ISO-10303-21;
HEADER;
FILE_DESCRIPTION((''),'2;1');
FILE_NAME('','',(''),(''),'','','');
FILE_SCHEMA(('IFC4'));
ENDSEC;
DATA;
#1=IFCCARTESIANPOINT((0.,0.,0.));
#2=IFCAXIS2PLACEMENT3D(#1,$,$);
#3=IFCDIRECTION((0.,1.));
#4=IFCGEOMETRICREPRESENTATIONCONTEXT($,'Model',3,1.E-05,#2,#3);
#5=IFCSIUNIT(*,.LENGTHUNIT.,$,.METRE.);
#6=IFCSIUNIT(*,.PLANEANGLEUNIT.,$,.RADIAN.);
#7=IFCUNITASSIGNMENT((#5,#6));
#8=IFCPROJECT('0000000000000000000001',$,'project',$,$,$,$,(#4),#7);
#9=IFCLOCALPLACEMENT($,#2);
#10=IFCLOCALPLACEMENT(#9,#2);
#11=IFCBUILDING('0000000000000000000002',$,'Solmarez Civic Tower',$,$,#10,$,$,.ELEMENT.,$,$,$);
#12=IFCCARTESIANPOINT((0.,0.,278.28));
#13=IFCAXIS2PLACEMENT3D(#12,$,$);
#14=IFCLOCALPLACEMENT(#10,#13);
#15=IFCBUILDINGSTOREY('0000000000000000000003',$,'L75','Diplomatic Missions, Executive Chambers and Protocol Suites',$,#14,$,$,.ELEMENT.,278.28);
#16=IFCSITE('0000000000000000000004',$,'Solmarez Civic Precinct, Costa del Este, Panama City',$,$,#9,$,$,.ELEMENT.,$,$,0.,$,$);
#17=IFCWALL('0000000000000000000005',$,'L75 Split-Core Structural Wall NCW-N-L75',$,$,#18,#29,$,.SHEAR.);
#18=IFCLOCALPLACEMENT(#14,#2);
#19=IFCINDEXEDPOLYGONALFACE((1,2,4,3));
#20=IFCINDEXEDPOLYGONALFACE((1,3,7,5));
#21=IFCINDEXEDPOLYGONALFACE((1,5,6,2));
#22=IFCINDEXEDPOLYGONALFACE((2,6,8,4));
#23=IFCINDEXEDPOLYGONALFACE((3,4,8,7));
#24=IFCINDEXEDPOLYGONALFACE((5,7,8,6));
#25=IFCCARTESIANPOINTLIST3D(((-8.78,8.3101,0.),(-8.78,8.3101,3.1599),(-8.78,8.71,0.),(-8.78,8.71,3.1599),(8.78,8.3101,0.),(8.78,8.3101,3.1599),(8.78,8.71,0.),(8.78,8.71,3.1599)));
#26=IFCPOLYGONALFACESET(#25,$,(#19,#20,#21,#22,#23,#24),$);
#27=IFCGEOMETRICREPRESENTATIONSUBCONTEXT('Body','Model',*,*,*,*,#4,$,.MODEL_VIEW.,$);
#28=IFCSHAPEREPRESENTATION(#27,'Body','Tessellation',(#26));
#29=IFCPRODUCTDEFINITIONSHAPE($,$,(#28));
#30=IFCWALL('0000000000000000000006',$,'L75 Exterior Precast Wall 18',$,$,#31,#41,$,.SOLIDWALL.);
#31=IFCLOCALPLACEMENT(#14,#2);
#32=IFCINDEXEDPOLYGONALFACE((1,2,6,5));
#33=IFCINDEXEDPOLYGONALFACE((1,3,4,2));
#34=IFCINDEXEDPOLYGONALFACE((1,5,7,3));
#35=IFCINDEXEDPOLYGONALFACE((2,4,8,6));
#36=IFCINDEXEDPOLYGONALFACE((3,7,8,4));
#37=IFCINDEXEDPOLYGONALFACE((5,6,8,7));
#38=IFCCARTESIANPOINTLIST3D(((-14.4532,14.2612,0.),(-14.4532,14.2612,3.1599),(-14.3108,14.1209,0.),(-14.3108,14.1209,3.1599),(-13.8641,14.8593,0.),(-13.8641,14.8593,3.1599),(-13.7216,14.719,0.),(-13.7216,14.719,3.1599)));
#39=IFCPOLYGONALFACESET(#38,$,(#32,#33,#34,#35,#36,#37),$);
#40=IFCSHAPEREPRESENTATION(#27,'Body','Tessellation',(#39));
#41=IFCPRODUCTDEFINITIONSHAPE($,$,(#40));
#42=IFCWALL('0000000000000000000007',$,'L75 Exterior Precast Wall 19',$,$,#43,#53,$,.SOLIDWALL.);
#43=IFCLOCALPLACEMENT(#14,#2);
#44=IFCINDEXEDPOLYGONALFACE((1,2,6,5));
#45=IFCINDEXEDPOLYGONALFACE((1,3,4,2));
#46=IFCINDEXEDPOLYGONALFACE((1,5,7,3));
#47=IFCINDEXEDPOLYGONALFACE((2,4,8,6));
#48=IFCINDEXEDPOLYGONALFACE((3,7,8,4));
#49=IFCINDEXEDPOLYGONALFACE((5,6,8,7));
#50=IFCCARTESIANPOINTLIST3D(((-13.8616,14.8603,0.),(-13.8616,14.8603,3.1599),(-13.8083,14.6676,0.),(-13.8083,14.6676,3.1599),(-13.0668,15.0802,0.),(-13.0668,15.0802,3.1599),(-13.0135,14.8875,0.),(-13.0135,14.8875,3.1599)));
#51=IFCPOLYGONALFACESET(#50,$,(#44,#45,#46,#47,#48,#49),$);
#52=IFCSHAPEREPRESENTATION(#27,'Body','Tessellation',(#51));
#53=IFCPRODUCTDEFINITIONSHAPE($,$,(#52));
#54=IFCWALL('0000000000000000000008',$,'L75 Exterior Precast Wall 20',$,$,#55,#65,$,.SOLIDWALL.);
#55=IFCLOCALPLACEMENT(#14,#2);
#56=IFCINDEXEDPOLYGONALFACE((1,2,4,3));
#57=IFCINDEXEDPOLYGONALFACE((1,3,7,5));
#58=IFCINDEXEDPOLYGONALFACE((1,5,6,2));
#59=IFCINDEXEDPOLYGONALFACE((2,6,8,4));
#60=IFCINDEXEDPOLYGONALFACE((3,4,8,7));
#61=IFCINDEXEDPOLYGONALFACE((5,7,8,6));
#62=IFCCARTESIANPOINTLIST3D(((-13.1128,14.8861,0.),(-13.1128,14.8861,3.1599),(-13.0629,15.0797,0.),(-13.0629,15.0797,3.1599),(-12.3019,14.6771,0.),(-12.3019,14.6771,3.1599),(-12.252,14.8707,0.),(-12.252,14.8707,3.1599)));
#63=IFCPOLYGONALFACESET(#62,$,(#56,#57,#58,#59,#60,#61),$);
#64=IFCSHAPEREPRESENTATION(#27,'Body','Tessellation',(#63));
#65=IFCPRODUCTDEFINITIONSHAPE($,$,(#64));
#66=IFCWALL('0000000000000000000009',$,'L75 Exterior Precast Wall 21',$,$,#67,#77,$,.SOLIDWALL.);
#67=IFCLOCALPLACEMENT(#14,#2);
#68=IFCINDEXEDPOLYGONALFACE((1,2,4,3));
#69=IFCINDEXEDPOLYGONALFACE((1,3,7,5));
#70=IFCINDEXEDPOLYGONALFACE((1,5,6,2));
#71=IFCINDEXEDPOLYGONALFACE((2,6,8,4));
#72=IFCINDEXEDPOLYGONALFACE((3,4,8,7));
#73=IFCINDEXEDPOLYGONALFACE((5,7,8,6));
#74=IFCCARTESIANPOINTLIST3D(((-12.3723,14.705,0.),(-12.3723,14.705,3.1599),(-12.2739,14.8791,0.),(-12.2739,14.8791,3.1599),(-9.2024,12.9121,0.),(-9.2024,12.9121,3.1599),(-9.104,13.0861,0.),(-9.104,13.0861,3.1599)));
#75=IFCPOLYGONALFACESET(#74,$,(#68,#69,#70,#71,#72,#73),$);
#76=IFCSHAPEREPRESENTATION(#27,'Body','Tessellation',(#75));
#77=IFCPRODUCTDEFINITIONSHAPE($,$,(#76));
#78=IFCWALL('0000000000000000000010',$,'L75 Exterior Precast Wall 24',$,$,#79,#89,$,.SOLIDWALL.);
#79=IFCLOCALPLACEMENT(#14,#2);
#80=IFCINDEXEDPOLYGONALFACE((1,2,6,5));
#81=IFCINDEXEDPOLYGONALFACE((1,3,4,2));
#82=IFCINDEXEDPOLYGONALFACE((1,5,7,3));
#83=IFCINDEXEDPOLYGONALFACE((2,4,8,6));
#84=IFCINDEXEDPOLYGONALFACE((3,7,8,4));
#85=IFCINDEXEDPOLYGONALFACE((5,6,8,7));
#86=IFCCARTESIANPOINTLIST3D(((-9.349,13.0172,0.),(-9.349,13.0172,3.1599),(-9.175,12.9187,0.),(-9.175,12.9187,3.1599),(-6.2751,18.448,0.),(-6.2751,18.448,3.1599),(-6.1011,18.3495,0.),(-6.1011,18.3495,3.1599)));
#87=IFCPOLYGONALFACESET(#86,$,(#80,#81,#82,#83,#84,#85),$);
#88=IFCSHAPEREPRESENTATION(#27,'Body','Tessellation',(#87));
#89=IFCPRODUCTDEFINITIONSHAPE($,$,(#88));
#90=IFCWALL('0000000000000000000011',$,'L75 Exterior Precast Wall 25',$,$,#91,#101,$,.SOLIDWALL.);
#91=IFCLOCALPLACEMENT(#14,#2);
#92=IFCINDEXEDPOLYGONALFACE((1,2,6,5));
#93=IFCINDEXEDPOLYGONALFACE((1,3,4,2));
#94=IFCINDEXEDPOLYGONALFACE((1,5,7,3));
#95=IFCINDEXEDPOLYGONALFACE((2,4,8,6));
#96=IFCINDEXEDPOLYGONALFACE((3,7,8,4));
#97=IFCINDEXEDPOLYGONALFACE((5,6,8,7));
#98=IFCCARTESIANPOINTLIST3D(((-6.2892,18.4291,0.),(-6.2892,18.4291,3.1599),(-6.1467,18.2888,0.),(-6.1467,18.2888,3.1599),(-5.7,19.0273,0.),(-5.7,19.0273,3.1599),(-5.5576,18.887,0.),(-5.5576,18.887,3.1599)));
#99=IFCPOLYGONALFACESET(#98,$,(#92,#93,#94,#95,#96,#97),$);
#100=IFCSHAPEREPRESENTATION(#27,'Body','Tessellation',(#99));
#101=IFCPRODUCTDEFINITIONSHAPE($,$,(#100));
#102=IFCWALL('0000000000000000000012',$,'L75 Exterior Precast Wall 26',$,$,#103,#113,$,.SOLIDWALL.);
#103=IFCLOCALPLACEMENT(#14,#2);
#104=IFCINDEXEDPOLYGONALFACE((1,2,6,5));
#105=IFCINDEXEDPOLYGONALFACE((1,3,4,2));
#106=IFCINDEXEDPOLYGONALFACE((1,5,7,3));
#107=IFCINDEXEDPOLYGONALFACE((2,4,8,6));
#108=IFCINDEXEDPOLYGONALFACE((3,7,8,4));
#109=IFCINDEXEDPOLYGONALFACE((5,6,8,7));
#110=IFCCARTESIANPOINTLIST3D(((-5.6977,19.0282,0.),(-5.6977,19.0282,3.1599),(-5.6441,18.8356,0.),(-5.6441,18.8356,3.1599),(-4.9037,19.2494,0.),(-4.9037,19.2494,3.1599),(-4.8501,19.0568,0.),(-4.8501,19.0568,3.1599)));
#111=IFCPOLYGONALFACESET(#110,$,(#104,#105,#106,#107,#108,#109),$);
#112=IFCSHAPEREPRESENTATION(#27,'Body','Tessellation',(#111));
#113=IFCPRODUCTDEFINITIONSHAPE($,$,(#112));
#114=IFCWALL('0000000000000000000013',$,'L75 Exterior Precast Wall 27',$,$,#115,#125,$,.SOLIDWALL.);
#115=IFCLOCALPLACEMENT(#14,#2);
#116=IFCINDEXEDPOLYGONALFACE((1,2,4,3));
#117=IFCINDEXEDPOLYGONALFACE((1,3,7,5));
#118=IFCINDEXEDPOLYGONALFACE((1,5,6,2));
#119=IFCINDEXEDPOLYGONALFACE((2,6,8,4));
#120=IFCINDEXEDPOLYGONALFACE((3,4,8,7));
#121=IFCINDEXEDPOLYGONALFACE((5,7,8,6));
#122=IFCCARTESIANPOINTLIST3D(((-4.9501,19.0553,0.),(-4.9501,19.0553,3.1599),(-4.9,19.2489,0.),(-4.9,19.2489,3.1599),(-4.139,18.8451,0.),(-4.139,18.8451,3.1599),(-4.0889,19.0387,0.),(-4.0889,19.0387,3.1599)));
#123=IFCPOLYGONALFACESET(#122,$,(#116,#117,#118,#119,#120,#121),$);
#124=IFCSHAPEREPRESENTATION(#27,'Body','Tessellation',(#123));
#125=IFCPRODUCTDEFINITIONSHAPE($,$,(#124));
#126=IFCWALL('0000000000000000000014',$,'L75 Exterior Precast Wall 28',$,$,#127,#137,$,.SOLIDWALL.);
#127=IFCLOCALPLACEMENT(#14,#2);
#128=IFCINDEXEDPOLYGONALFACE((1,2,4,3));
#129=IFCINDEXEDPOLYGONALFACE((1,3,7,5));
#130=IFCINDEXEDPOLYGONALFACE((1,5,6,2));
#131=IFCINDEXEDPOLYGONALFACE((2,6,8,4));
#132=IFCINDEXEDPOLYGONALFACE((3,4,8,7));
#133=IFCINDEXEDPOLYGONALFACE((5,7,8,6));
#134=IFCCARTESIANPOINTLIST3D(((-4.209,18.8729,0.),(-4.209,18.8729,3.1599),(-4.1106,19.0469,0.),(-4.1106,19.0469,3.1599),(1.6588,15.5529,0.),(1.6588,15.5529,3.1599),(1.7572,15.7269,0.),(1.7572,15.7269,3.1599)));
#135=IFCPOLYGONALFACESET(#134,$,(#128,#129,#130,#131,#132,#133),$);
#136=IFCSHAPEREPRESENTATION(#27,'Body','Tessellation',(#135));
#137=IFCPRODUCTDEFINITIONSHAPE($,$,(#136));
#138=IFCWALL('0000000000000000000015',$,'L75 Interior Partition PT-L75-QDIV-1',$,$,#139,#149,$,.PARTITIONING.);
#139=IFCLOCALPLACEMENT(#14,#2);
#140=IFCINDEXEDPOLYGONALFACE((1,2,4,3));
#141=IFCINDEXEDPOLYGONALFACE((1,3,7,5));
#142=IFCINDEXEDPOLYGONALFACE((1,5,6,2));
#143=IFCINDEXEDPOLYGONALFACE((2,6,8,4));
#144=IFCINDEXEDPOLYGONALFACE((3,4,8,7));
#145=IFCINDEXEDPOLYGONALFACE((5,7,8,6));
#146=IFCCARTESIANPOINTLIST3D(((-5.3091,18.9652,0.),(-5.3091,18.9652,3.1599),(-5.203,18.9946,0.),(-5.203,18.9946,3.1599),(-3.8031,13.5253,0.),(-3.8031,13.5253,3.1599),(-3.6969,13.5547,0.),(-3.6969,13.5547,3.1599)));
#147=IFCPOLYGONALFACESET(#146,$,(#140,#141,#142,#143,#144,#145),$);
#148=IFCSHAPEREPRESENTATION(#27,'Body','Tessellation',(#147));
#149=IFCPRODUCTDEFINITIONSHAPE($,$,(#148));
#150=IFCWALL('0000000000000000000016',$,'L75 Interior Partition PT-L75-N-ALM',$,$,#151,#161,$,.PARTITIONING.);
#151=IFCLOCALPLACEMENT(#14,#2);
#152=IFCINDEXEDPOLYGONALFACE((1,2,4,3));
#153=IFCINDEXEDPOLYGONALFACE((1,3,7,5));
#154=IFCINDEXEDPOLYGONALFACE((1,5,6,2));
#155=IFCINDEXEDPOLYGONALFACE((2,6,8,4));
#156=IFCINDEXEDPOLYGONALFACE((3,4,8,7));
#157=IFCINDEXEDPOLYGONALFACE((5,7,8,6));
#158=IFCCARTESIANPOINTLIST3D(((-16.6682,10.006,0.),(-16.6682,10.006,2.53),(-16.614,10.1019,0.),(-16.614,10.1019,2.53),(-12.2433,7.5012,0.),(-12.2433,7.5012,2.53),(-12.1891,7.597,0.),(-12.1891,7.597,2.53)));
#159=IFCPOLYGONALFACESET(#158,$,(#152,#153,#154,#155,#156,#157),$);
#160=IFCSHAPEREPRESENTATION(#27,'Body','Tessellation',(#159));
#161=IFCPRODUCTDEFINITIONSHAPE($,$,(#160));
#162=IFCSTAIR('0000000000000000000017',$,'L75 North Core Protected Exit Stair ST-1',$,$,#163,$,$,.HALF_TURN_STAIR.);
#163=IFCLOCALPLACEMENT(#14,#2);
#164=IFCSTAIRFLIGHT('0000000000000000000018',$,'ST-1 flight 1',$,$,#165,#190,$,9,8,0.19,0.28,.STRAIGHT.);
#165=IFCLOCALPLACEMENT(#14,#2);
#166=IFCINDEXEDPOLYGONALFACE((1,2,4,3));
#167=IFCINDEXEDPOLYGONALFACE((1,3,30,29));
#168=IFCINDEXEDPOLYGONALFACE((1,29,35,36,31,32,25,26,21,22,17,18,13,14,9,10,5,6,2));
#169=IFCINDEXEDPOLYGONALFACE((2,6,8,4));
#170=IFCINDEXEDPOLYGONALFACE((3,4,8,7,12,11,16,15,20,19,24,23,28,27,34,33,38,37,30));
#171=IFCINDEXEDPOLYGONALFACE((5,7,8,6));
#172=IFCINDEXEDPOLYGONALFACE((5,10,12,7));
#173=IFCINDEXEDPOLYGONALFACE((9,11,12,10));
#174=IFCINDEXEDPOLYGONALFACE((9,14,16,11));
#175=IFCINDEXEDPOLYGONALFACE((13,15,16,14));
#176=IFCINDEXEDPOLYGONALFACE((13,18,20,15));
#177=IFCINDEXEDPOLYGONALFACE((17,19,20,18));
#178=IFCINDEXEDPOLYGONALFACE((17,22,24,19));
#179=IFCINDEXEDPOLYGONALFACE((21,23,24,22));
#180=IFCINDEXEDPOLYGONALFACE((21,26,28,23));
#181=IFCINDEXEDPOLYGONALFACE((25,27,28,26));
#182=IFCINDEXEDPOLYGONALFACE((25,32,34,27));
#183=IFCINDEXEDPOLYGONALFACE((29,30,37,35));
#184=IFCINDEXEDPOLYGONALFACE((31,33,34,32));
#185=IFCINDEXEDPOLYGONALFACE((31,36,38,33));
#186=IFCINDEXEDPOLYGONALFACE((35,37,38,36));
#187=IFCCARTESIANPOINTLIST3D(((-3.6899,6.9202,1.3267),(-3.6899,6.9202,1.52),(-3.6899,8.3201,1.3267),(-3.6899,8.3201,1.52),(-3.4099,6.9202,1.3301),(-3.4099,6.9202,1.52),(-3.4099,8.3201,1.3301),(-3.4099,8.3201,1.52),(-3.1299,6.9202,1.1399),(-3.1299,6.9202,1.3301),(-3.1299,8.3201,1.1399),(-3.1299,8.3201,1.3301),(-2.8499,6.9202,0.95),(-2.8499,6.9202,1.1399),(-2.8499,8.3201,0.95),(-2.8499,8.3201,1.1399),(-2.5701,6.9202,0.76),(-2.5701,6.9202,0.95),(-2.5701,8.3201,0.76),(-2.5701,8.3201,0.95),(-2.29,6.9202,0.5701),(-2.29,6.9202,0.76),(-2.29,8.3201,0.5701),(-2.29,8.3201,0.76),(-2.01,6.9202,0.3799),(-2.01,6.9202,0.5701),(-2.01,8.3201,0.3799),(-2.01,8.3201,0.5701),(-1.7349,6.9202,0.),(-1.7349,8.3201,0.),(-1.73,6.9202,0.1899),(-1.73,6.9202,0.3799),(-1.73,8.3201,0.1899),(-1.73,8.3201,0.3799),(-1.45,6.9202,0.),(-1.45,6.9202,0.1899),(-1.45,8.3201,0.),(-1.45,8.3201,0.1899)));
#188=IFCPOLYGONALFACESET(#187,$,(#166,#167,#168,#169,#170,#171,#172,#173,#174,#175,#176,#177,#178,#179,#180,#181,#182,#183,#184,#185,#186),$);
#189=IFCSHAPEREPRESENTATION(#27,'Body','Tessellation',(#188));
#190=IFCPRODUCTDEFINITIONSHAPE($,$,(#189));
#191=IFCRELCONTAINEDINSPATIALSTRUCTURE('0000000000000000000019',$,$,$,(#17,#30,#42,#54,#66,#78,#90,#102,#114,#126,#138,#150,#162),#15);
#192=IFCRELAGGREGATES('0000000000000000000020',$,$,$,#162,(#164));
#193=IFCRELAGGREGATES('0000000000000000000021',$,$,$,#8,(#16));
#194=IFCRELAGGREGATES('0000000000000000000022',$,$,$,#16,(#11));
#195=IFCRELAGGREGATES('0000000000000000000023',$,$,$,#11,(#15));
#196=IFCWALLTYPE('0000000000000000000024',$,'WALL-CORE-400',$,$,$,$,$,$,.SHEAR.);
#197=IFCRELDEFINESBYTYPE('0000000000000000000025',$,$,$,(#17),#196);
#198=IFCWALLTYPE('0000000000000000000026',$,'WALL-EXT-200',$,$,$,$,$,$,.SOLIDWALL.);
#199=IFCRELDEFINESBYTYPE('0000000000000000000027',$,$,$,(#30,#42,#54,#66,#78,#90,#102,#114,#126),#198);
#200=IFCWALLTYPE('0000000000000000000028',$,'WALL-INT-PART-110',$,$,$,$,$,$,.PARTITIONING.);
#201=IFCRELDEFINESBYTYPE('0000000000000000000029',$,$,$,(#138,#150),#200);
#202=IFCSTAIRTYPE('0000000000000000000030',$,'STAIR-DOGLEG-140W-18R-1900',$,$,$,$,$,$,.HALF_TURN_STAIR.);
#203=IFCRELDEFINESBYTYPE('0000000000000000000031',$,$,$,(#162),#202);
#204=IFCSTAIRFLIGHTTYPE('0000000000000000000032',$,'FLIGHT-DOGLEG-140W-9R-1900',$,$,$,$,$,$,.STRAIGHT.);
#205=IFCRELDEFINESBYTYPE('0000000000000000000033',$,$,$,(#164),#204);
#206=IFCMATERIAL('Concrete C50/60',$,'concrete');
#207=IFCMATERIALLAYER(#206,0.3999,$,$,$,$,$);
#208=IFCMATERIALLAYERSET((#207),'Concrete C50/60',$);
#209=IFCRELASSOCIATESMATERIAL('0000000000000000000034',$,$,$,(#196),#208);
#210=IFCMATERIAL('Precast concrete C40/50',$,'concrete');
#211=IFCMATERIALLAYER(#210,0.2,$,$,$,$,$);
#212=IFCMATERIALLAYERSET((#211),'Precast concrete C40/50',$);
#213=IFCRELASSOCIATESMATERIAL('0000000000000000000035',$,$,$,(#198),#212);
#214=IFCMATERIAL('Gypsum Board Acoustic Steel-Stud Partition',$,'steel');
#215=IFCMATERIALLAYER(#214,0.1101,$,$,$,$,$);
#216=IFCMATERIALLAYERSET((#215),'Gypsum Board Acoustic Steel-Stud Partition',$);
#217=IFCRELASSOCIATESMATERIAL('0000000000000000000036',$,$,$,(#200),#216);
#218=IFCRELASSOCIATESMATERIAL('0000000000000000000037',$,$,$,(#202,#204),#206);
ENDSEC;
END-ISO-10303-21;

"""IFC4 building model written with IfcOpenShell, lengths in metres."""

from ifc_helpers import new_model, si_unit, direction, frame, frame_2d, origin, place, context, subcontext, project, spatial, polyline, rectangle, outline, extrude, material, layer, layer_set, type_object, element, aggregate, save


model = new_model("IFC4")

# Units and contexts
model_context = context("Model", 3, precision=1e-05, world=origin(), true_north=direction((0.0, 1.0)))
body_context = subcontext(model_context, "Body", "Model", "MODEL_VIEW")
ifc_project = project(units=[si_unit("LENGTHUNIT", "METRE"), si_unit("PLANEANGLEUNIT", "RADIAN")], contexts=[model_context])

# Site, building, storey
site_placement = place(None, origin())
site = spatial("IfcSite", under=ifc_project, at=site_placement, Name="Solmarez Civic Precinct, Costa del Este, Panama City", CompositionType="ELEMENT", RefElevation=0.0)
building_placement = place(site_placement, origin())
building = spatial("IfcBuilding", under=site, at=building_placement, Name="Solmarez Civic Tower", CompositionType="ELEMENT")
storey_placement = place(building_placement, frame((0.0, 0.0, 278.28)))
storey = spatial("IfcBuildingStorey", under=building, at=storey_placement, Name="L75", Description="Diplomatic Missions, Executive Chambers and Protocol Suites", CompositionType="ELEMENT", Elevation=278.28)

# Shared definitions
ifc_material_1 = material(Name="Concrete C50/60", Category="concrete")

# Walls
ifc_layer_1 = layer(ifc_material_1, 0.3999)
ifc_layer_set_1 = layer_set([ifc_layer_1], Name="Concrete C50/60")
wall_type_1 = type_object("IfcWallType", Name="WALL-CORE-400", PredefinedType="SHEAR", material=ifc_layer_set_1)
wall_1_placement = place(storey_placement, frame((-8.78, 8.51, 0.0), z_axis=(0.0, 0.0, 1.0), x_axis=(1.0, 0.0, 0.0)))
element("IfcWall", 1, at=wall_1_placement, inside=storey, type_object=wall_type_1, Name="L75 Split-Core Structural Wall NCW-N-L75", PredefinedType="SHEAR", context=body_context, shape_type="SweptSolid", body=[
    extrude(rectangle(XDim=17.5601, YDim=0.3999, at=frame_2d((8.78, 0.0))), origin(), (0.0, 0.0, 1.0), 3.1599),
])
ifc_material_2 = material(Name="Precast concrete C40/50", Category="concrete")
ifc_layer_2 = layer(ifc_material_2, 0.2)
ifc_layer_set_2 = layer_set([ifc_layer_2], Name="Precast concrete C40/50")
wall_type_2 = type_object("IfcWallType", Name="WALL-EXT-200", PredefinedType="SOLIDWALL", material=ifc_layer_set_2)
wall_2_placement = place(storey_placement, frame((-14.3821, 14.1909, 0.0), z_axis=(0.0, 0.0, 1.0), x_axis=(0.701706, 0.712466, 0.0)))
element("IfcWall", 2, at=wall_2_placement, inside=storey, type_object=wall_type_2, Name="L75 Exterior Precast Wall 18", PredefinedType="SOLIDWALL", context=body_context, shape_type="SweptSolid", body=[
    extrude(rectangle(XDim=0.8396, YDim=0.2, at=frame_2d((0.4199, 0.0))), origin(), (0.0, 0.0, 1.0), 3.1599),
])
wall_3_placement = place(storey_placement, frame((-13.835, 14.7639, 0.0), z_axis=(0.0, 0.0, 1.0), x_axis=(0.96378, 0.266697, 0.0)))
element("IfcWall", 3, at=wall_3_placement, inside=storey, type_object=wall_type_2, Name="L75 Exterior Precast Wall 19", PredefinedType="SOLIDWALL", context=body_context, shape_type="SweptSolid", body=[
    extrude(rectangle(XDim=0.8247, YDim=0.2, at=frame_2d((0.4124, 0.0))), origin(), (0.0, 0.0, 1.0), 3.1599),
])
wall_4_placement = place(storey_placement, frame((-13.0879, 14.9829, 0.0), z_axis=(0.0, 0.0, 1.0), x_axis=(0.96835, -0.249596, 0.0)))
element("IfcWall", 4, at=wall_4_placement, inside=storey, type_object=wall_type_2, Name="L75 Exterior Precast Wall 20", PredefinedType="SOLIDWALL", context=body_context, shape_type="SweptSolid", body=[
    extrude(rectangle(XDim=0.8374, YDim=0.2, at=frame_2d((0.4187, 0.0))), origin(), (0.0, 0.0, 1.0), 3.1599),
])
wall_5_placement = place(storey_placement, frame((-12.323, 14.792, 0.0), z_axis=(0.0, 0.0, 1.0), x_axis=(0.870413, -0.492322, 0.0)))
element("IfcWall", 5, at=wall_5_placement, inside=storey, type_object=wall_type_2, Name="L75 Exterior Precast Wall 21", PredefinedType="SOLIDWALL", context=body_context, shape_type="SweptSolid", body=[
    extrude(rectangle(XDim=3.6418, YDim=0.2, at=frame_2d((1.8208, 0.0))), origin(), (0.0, 0.0, 1.0), 3.1599),
])
wall_6_placement = place(storey_placement, frame((-9.262, 12.968, 0.0), z_axis=(0.0, 0.0, 1.0), x_axis=(0.492583, 0.870265, 0.0)))
element("IfcWall", 6, at=wall_6_placement, inside=storey, type_object=wall_type_2, Name="L75 Exterior Precast Wall 24", PredefinedType="SOLIDWALL", context=body_context, shape_type="SweptSolid", body=[
    extrude(rectangle(XDim=6.2405, YDim=0.2, at=frame_2d((3.1201, 0.0))), origin(), (0.0, 0.0, 1.0), 3.1599),
])
wall_7_placement = place(storey_placement, frame((-6.218, 18.3589, 0.0), z_axis=(0.0, 0.0, 1.0), x_axis=(0.701706, 0.712466, 0.0)))
element("IfcWall", 7, at=wall_7_placement, inside=storey, type_object=wall_type_2, Name="L75 Exterior Precast Wall 25", PredefinedType="SOLIDWALL", context=body_context, shape_type="SweptSolid", body=[
    extrude(rectangle(XDim=0.8396, YDim=0.2, at=frame_2d((0.4199, 0.0))), origin(), (0.0, 0.0, 1.0), 3.1599),
])
wall_8_placement = place(storey_placement, frame((-5.6709, 18.9319, 0.0), z_axis=(0.0, 0.0, 1.0), x_axis=(0.963314, 0.268377, 0.0)))
element("IfcWall", 8, at=wall_8_placement, inside=storey, type_object=wall_type_2, Name="L75 Exterior Precast Wall 26", PredefinedType="SOLIDWALL", context=body_context, shape_type="SweptSolid", body=[
    extrude(rectangle(XDim=0.8242, YDim=0.2, at=frame_2d((0.4121, 0.0))), origin(), (0.0, 0.0, 1.0), 3.1599),
])
wall_9_placement = place(storey_placement, frame((-4.925, 19.1521, 0.0), z_axis=(0.0, 0.0, 1.0), x_axis=(0.968015, -0.250891, 0.0)))
element("IfcWall", 9, at=wall_9_placement, inside=storey, type_object=wall_type_2, Name="L75 Exterior Precast Wall 27", PredefinedType="SOLIDWALL", context=body_context, shape_type="SweptSolid", body=[
    extrude(rectangle(XDim=0.8379, YDim=0.2, at=frame_2d((0.4189, 0.0))), origin(), (0.0, 0.0, 1.0), 3.1599),
])
wall_10_placement = place(storey_placement, frame((-4.1599, 18.96, 0.0), z_axis=(0.0, 0.0, 1.0), x_axis=(0.870346, -0.492441, 0.0)))
element("IfcWall", 10, at=wall_10_placement, inside=storey, type_object=wall_type_2, Name="L75 Exterior Precast Wall 28", PredefinedType="SOLIDWALL", context=body_context, shape_type="SweptSolid", body=[
    extrude(rectangle(XDim=6.7419, YDim=0.2, at=frame_2d((3.3711, 0.0))), origin(), (0.0, 0.0, 1.0), 3.1599),
])
ifc_material_3 = material(Name="Gypsum Board Acoustic Steel-Stud Partition", Category="steel")
ifc_layer_3 = layer(ifc_material_3, 0.1101)
ifc_layer_set_3 = layer_set([ifc_layer_3], Name="Gypsum Board Acoustic Steel-Stud Partition")
wall_type_3 = type_object("IfcWallType", Name="WALL-INT-PART-110", PredefinedType="PARTITIONING", material=ifc_layer_set_3)
wall_11_placement = place(storey_placement, frame((-3.75, 13.54, 0.0), z_axis=(0.0, 0.0, 1.0), x_axis=(-0.266823, 0.963746, 0.0)))
element("IfcWall", 11, at=wall_11_placement, inside=storey, type_object=wall_type_3, Name="L75 Interior Partition PT-L75-QDIV-1", PredefinedType="PARTITIONING", context=body_context, shape_type="SweptSolid", body=[
    extrude(rectangle(XDim=5.6445, YDim=0.1101, at=frame_2d((2.8223, 0.0))), origin(), (0.0, 0.0, 1.0), 3.1599),
])
wall_12_placement = place(storey_placement, frame((-12.2161, 7.5491, 0.0), z_axis=(0.0, 0.0, 1.0), x_axis=(-0.870245, 0.492619, 0.0)))
element("IfcWall", 12, at=wall_12_placement, inside=storey, type_object=wall_type_3, Name="L75 Interior Partition PT-L75-N-ALM", PredefinedType="PARTITIONING", context=body_context, shape_type="SweptSolid", body=[
    extrude(rectangle(XDim=5.0847, YDim=0.1101, at=frame_2d((2.5425, 0.0))), origin(), (0.0, 0.0, 1.0), 2.53),
])

# Stair, stair flight
stair_type = type_object("IfcStairType", Name="STAIR-DOGLEG-140W-18R-1900", PredefinedType="HALF_TURN_STAIR", material=ifc_material_1)
stair_placement = place(storey_placement, origin())
stair = element("IfcStair", 13, at=stair_placement, inside=storey, type_object=stair_type, Name="L75 North Core Protected Exit Stair ST-1", PredefinedType="HALF_TURN_STAIR")
stair_flight_type = type_object("IfcStairFlightType", Name="FLIGHT-DOGLEG-140W-9R-1900", PredefinedType="STRAIGHT", material=ifc_material_1)
stair_flight_placement = place(storey_placement, frame((-1.45, 7.6201, 0.0), z_axis=(0.0, 0.0, 1.0), x_axis=(-1.0, 0.0, 0.0)))
stair_flight = element("IfcStairFlight", 14, at=stair_flight_placement, type_object=stair_flight_type, Name="ST-1 flight 1", NumberOfRisers=9, NumberOfTreads=8, PredefinedType="STRAIGHT", RiserHeight=0.19, TreadLength=0.28, context=body_context, shape_type="SweptSolid", body=[
    extrude(outline(polyline([(0.0, 0.0), (0.0, 0.1899), (0.28, 0.1899), (0.28, 0.3799), (0.5601, 0.3799), (0.5601, 0.5701), (0.8401, 0.5701), (0.8401, 0.76), (1.1201, 0.76), (1.1201, 0.95), (1.3999, 0.95), (1.3999, 1.1399), (1.6799, 1.1399), (1.6799, 1.3301), (1.96, 1.3301), (1.96, 1.52), (2.24, 1.52), (2.24, 1.71), (2.24, 1.3267), (0.2849, 0.0), (0.0, 0.0)])), frame((0.0, 0.7, 0.0), z_axis=(0.0, -1.0, 0.0), x_axis=(1.0, 0.0, 0.0)), (0.0, 0.0, 1.0), 1.3999),
])
aggregate(stair, [stair_flight])

save(model, "model.ifc")
